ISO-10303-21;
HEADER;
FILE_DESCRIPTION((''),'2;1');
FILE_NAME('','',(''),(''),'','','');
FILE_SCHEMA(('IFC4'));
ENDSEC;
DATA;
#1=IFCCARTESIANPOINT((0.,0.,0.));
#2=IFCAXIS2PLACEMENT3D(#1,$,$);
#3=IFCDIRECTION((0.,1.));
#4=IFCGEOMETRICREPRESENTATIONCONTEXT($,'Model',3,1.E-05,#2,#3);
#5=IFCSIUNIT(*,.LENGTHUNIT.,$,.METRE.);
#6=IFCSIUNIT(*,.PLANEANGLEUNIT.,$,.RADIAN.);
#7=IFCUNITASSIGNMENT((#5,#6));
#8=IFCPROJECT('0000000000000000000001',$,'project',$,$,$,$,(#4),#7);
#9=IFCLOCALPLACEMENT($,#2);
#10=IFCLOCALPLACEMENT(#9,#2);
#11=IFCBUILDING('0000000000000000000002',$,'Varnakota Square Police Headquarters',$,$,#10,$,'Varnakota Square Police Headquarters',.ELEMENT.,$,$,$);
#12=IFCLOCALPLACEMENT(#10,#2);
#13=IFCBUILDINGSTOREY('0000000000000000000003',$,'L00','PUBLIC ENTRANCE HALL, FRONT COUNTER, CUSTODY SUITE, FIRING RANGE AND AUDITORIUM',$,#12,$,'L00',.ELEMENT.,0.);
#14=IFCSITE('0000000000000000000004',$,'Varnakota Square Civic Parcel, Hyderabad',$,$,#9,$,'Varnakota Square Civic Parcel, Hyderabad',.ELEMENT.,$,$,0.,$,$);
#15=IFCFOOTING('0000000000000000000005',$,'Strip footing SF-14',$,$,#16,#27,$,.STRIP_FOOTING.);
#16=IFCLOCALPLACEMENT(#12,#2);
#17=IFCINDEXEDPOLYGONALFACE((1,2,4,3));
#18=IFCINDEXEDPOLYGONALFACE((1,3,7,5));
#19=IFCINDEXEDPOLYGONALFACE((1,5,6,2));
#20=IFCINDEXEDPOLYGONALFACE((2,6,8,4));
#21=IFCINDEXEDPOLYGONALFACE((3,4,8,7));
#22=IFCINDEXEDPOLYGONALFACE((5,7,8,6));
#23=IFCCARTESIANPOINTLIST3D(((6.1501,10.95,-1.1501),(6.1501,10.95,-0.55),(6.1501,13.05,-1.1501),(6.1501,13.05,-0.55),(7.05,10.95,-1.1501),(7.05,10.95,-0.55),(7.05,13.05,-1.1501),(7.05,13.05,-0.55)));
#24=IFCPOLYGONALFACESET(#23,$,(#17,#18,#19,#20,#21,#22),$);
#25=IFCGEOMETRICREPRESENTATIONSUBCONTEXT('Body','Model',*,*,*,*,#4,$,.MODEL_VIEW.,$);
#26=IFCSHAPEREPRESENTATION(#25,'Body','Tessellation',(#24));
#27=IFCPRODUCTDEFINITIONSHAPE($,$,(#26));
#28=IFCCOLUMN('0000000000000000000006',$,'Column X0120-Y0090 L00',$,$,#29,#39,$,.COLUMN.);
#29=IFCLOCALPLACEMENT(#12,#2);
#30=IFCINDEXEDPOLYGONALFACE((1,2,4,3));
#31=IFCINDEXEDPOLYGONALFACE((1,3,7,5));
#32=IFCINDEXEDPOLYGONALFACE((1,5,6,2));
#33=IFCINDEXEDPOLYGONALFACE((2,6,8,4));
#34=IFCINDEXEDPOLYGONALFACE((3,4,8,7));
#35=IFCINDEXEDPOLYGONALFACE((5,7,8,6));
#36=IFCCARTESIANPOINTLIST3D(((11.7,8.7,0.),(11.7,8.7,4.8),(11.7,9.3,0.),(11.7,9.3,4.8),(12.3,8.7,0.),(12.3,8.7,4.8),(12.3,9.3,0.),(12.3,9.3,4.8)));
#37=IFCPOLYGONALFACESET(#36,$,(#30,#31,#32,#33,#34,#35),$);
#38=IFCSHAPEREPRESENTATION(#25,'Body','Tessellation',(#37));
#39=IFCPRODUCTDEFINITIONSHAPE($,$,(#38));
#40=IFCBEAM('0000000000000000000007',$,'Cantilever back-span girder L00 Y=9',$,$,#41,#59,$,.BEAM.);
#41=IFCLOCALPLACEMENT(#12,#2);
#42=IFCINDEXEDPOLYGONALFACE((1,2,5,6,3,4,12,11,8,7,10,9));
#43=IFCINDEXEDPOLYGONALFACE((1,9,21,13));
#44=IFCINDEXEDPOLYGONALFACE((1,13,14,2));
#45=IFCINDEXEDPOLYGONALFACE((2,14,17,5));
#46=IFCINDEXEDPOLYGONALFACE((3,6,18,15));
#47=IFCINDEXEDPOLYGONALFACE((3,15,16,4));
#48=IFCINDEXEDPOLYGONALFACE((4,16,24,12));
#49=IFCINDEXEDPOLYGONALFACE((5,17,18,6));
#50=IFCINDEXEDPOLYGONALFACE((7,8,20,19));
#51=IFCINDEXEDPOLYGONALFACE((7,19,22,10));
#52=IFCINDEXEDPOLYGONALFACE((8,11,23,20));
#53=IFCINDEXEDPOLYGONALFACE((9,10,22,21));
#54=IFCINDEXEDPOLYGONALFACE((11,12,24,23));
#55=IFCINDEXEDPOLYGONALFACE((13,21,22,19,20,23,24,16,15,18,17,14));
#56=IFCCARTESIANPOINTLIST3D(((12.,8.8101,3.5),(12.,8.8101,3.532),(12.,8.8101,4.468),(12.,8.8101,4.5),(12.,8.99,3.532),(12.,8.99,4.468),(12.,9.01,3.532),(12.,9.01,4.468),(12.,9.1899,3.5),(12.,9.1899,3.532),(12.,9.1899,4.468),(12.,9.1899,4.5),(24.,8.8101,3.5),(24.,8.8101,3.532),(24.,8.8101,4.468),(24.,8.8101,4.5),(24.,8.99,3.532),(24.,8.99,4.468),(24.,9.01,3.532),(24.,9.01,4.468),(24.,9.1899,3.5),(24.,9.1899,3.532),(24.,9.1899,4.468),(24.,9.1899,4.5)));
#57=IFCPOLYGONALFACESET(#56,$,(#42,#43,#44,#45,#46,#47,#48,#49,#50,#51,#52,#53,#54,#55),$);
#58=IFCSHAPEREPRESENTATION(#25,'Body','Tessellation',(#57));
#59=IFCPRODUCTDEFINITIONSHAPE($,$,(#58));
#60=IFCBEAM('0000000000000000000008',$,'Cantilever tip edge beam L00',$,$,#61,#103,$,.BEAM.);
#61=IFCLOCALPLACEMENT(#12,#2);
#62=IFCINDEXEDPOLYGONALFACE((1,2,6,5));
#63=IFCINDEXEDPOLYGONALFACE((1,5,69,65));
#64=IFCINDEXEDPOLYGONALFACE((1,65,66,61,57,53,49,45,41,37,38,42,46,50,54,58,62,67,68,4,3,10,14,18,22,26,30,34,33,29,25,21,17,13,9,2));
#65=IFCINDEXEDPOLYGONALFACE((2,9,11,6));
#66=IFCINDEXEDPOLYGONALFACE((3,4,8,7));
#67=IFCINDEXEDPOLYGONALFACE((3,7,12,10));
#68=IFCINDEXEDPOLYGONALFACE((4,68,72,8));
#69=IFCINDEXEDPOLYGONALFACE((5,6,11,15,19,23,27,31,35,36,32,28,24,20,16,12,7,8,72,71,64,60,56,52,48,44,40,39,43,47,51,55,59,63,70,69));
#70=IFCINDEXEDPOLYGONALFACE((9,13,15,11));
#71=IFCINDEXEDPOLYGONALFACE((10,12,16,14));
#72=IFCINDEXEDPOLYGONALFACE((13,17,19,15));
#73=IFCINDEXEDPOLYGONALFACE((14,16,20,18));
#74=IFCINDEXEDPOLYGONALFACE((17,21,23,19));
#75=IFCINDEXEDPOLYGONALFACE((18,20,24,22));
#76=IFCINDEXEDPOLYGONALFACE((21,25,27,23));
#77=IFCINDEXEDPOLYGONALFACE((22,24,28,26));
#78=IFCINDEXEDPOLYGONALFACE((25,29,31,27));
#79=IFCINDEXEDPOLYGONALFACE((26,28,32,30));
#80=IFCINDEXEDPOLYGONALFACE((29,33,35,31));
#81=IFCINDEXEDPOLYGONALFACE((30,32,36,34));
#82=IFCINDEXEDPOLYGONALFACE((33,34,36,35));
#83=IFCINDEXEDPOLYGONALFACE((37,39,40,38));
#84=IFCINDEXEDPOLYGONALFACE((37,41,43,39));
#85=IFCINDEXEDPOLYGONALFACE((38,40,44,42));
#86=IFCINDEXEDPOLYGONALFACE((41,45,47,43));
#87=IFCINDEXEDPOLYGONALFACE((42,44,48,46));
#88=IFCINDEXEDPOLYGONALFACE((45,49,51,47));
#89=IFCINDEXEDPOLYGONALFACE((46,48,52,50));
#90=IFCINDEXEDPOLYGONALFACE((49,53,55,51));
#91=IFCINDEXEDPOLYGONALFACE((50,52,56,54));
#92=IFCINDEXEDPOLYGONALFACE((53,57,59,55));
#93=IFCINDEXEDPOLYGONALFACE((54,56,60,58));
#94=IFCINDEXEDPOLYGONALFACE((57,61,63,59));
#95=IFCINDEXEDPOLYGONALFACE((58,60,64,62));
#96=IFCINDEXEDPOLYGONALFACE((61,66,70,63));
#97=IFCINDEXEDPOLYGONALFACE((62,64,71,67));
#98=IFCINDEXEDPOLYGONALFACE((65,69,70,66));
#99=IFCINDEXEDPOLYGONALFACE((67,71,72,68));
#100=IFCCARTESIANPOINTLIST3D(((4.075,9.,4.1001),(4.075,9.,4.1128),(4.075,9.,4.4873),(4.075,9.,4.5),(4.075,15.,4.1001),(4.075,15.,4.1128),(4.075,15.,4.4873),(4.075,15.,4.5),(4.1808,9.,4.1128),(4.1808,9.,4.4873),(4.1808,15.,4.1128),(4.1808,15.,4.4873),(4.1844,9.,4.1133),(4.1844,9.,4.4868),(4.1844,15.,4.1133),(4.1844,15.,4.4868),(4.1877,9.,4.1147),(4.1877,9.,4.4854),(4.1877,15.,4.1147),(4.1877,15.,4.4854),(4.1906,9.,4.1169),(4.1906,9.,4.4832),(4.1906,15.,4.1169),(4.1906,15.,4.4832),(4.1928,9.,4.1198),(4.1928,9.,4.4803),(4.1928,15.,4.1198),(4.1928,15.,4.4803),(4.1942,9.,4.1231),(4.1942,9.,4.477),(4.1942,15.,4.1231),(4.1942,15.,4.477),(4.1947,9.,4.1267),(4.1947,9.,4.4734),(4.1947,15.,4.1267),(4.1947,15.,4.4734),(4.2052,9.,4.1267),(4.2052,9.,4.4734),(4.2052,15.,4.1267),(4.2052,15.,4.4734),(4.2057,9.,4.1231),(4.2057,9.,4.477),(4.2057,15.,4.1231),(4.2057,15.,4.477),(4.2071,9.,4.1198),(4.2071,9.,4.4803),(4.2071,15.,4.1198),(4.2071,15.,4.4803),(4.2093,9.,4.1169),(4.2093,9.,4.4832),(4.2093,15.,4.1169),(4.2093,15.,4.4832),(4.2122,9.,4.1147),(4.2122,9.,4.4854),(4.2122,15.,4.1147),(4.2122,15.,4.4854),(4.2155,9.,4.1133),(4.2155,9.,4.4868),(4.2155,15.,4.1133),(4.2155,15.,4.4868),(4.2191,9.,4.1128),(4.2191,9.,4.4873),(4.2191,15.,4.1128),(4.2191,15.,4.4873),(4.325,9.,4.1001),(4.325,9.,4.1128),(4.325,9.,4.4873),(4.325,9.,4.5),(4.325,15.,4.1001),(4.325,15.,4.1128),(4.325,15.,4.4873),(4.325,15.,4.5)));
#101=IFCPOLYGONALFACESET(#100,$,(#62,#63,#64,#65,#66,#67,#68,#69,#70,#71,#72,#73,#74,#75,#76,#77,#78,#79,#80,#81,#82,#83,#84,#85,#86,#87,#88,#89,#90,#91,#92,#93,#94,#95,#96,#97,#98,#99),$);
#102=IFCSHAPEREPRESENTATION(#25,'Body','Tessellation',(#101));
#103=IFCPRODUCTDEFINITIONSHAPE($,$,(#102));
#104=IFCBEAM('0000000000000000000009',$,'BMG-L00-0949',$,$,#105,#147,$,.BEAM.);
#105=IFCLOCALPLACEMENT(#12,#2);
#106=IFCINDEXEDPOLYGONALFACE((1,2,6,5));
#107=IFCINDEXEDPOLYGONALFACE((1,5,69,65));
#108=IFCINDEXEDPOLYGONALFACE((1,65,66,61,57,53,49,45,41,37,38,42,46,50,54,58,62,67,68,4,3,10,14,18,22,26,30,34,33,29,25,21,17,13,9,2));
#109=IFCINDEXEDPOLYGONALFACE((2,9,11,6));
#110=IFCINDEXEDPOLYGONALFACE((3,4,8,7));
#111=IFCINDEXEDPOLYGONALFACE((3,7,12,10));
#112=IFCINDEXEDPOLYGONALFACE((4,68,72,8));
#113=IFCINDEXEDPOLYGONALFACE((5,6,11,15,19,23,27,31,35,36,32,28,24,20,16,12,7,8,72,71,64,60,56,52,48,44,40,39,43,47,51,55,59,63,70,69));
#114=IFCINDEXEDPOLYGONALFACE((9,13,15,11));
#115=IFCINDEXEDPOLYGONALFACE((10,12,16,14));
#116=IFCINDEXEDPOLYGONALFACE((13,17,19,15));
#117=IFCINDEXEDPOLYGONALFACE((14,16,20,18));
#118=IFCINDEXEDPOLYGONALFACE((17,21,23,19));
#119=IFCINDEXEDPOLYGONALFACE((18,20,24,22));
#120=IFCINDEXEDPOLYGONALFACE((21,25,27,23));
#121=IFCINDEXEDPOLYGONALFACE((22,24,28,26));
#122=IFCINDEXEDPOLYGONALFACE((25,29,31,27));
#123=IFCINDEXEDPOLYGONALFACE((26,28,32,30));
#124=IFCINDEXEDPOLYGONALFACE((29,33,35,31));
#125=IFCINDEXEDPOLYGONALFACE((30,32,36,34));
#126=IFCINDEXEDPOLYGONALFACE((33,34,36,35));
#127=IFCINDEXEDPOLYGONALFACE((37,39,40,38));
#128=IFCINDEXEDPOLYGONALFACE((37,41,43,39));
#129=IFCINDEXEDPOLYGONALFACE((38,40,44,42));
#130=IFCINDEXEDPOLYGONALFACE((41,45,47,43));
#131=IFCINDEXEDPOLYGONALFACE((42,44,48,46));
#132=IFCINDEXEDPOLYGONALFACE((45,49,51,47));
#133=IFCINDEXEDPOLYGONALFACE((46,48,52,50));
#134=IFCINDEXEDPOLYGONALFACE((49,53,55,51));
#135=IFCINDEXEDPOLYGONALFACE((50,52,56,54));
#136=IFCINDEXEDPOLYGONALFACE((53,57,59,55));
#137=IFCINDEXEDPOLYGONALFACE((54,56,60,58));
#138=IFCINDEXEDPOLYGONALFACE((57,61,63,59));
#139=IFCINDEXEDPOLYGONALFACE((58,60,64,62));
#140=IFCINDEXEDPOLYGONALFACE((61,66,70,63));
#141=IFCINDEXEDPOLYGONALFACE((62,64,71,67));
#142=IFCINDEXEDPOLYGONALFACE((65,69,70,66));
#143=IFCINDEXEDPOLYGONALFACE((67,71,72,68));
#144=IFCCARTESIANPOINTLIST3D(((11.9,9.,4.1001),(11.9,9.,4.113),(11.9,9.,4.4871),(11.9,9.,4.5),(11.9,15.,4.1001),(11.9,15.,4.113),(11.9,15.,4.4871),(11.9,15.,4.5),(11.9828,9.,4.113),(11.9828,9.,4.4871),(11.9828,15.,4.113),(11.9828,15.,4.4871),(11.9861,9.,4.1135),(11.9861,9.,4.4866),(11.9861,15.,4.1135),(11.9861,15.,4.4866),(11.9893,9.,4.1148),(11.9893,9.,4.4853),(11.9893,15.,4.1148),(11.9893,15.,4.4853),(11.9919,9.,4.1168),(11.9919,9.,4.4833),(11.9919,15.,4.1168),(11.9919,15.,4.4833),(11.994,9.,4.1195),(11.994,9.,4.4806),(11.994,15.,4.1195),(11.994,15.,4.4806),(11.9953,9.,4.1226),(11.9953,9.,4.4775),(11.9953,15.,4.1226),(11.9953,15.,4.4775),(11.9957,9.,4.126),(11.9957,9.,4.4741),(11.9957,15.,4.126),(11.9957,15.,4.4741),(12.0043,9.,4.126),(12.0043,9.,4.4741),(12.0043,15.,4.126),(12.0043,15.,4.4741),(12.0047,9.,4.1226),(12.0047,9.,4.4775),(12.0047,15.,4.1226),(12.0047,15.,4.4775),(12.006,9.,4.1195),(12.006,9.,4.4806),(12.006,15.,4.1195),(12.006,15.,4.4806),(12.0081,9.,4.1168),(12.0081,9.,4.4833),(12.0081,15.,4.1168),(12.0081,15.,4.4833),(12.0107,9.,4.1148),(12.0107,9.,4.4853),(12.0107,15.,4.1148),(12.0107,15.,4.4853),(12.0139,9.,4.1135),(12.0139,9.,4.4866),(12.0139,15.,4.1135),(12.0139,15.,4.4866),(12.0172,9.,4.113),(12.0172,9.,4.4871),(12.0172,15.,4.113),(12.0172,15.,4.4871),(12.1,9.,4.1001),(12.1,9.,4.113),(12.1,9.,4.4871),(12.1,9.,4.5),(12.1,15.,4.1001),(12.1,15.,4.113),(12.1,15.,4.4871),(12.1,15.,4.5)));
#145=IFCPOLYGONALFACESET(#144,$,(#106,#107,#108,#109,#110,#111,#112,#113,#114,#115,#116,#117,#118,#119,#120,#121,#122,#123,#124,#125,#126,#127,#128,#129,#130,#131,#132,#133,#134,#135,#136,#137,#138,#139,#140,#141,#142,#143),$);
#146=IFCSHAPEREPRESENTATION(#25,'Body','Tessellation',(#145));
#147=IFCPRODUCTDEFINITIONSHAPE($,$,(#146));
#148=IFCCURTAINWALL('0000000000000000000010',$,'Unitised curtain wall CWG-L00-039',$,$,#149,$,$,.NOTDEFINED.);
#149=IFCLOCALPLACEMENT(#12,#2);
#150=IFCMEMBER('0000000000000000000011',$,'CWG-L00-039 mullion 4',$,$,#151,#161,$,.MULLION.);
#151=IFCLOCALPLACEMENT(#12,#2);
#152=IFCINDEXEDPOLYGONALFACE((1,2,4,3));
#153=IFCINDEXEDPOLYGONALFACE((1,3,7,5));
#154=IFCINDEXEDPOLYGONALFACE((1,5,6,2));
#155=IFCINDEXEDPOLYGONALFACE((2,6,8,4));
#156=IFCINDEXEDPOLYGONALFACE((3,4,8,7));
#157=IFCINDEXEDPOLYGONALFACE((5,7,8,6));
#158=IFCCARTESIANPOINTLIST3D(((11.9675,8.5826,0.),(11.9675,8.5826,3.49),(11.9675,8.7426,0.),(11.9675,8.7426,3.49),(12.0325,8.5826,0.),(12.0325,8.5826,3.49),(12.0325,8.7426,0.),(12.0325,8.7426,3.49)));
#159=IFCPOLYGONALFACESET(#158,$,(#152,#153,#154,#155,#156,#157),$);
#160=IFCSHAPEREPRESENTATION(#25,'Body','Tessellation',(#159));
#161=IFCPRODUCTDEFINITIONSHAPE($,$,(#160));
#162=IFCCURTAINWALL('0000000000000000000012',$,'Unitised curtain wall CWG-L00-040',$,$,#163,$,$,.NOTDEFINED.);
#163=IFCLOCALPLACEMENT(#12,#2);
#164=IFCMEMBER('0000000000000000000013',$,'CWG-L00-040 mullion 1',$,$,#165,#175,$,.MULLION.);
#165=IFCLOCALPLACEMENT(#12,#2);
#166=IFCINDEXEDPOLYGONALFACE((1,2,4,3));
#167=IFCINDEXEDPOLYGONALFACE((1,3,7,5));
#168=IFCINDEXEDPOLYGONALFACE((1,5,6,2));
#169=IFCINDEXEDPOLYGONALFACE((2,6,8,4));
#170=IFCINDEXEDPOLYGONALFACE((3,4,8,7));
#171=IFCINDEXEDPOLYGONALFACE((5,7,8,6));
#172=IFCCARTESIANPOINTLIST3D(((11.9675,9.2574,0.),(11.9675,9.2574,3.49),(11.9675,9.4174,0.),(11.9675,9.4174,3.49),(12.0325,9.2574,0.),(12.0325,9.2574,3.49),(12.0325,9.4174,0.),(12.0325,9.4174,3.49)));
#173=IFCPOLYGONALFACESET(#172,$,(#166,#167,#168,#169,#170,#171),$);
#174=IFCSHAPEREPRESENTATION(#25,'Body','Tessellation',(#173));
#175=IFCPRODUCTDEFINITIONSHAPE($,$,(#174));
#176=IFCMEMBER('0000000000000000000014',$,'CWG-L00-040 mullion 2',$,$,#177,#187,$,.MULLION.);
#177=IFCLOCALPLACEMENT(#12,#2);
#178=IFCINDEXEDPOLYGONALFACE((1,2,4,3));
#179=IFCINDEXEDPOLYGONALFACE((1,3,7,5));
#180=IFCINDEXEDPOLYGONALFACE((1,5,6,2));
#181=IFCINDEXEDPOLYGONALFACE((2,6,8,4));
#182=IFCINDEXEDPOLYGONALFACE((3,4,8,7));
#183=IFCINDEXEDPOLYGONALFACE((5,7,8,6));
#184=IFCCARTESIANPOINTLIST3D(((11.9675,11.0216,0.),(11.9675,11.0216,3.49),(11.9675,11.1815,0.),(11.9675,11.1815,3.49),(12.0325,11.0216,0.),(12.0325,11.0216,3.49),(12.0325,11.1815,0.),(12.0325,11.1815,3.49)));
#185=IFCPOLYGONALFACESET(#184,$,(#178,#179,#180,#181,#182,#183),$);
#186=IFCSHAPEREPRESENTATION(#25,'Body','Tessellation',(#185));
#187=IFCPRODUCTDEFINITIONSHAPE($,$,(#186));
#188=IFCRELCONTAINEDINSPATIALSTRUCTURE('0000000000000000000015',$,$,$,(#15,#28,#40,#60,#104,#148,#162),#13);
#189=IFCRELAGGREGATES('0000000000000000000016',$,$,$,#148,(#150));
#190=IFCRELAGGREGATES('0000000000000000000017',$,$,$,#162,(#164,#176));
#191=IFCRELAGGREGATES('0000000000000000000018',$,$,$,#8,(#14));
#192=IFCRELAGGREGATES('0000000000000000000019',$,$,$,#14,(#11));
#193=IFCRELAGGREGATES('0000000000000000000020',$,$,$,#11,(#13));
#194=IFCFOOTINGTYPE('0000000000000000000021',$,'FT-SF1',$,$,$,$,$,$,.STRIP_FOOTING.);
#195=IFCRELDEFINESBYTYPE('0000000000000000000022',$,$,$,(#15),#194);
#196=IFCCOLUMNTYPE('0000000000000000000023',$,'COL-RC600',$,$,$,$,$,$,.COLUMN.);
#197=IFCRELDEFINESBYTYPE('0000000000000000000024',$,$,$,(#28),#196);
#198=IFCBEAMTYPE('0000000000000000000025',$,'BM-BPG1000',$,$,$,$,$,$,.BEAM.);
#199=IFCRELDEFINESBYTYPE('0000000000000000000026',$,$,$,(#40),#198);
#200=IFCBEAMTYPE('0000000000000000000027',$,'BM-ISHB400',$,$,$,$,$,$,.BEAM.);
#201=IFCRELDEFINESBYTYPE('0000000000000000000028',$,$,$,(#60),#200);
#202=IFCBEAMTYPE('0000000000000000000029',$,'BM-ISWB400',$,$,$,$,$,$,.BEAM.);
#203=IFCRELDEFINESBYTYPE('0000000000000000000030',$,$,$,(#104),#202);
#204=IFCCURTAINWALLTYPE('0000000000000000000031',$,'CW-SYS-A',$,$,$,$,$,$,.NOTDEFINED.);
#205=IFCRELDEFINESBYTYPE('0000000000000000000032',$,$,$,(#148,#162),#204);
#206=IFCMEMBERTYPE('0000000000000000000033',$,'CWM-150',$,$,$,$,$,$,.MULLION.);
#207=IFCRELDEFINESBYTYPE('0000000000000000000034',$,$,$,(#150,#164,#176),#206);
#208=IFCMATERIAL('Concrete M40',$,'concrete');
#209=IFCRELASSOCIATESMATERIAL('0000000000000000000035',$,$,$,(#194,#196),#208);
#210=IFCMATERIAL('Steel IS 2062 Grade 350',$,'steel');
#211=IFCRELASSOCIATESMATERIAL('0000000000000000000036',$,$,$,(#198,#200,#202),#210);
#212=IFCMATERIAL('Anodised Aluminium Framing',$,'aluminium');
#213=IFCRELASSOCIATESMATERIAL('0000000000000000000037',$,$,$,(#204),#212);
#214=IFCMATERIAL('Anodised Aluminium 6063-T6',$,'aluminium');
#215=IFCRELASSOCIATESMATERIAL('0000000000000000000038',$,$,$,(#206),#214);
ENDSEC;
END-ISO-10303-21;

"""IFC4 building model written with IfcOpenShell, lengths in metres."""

from ifc_helpers import new_model, si_unit, direction, frame, origin, origin_2d, place, context, subcontext, project, spatial, rectangle, i_section, extrude, material, material_profile, profile_set, type_object, element, aggregate, save


model = new_model("IFC4")

# Units and contexts
model_context = context("Model", 3, precision=1e-05, world=origin(), true_north=direction((0.0, 1.0)))
body_context = subcontext(model_context, "Body", "Model", "MODEL_VIEW")
ifc_project = project(units=[si_unit("LENGTHUNIT", "METRE"), si_unit("PLANEANGLEUNIT", "RADIAN")], contexts=[model_context])

# Site, building, storey
site_placement = place(None, origin())
site = spatial("IfcSite", under=ifc_project, at=site_placement, Name="Varnakota Square Civic Parcel, Hyderabad", LongName="Varnakota Square Civic Parcel, Hyderabad", CompositionType="ELEMENT", RefElevation=0.0)
building_placement = place(site_placement, origin())
building = spatial("IfcBuilding", under=site, at=building_placement, Name="Varnakota Square Police Headquarters", LongName="Varnakota Square Police Headquarters", CompositionType="ELEMENT")
storey_placement = place(building_placement, origin())
storey = spatial("IfcBuildingStorey", under=building, at=storey_placement, Name="L00", Description="PUBLIC ENTRANCE HALL, FRONT COUNTER, CUSTODY SUITE, FIRING RANGE AND AUDITORIUM", LongName="L00", CompositionType="ELEMENT", Elevation=0.0)

# Footing
ifc_material_1 = material(Name="Concrete M40", Category="concrete")
ifc_material_profile_1 = material_profile(ifc_material_1, rectangle(XDim=0.8999, YDim=0.6001, at=origin_2d()), Name="SF 900x600")
ifc_profile_set_1 = profile_set([ifc_material_profile_1], Name="Concrete M40")
footing_type = type_object("IfcFootingType", Name="FT-SF1", PredefinedType="STRIP_FOOTING", material=ifc_profile_set_1)
footing_placement = place(storey_placement, frame((6.6001, 10.95, -0.8501), z_axis=(0.0, 1.0, 0.0), x_axis=(-1.0, 0.0, 0.0)))
element("IfcFooting", 1, at=footing_placement, inside=storey, type_object=footing_type, Name="Strip footing SF-14", PredefinedType="STRIP_FOOTING", context=body_context, shape_type="SweptSolid", body=[
    extrude(rectangle(XDim=0.8999, YDim=0.6001, at=origin_2d()), origin(), (0.0, 0.0, 1.0), 2.1001),
])

# Column
ifc_material_profile_2 = material_profile(ifc_material_1, rectangle(XDim=0.6001, YDim=0.6001, at=origin_2d()), Name="RC 600x600")
ifc_profile_set_2 = profile_set([ifc_material_profile_2], Name="Concrete M40")
column_type = type_object("IfcColumnType", Name="COL-RC600", PredefinedType="COLUMN", material=ifc_profile_set_2)
column_placement = place(storey_placement, frame((12.0, 9.0, 0.0), z_axis=(0.0, 0.0, 1.0), x_axis=(1.0, 0.0, 0.0)))
element("IfcColumn", 2, at=column_placement, inside=storey, type_object=column_type, Name="Column X0120-Y0090 L00", PredefinedType="COLUMN", context=body_context, shape_type="SweptSolid", body=[
    extrude(rectangle(XDim=0.6001, YDim=0.6001, at=origin_2d()), origin(), (0.0, 0.0, 1.0), 4.8),
])

# Beams
ifc_material_2 = material(Name="Steel IS 2062 Grade 350", Category="steel")
ifc_material_profile_3 = material_profile(ifc_material_2, i_section(OverallWidth=0.3799, OverallDepth=1.0, WebThickness=0.02, FlangeThickness=0.032, at=origin_2d()), Name="BPG 1000x380")
ifc_profile_set_3 = profile_set([ifc_material_profile_3], Name="Steel IS 2062 Grade 350")
beam_type_1 = type_object("IfcBeamType", Name="BM-BPG1000", PredefinedType="BEAM", material=ifc_profile_set_3)
beam_1_placement = place(storey_placement, frame((12.0, 9.0, 4.0), z_axis=(1.0, 0.0, 0.0), x_axis=(0.0, 1.0, 0.0)))
element("IfcBeam", 3, at=beam_1_placement, inside=storey, type_object=beam_type_1, Name="Cantilever back-span girder L00 Y=9", PredefinedType="BEAM", context=body_context, shape_type="SweptSolid", body=[
    extrude(i_section(OverallWidth=0.3799, OverallDepth=1.0, WebThickness=0.02, FlangeThickness=0.032, at=origin_2d()), origin(), (0.0, 0.0, 1.0), 12.0),
])
ifc_material_profile_4 = material_profile(ifc_material_2, i_section(OverallWidth=0.25, OverallDepth=0.3999, WebThickness=0.0105, FlangeThickness=0.0127, FilletRadius=0.0139, at=origin_2d()), Name="ISHB 400")
ifc_profile_set_4 = profile_set([ifc_material_profile_4], Name="Steel IS 2062 Grade 350")
beam_type_2 = type_object("IfcBeamType", Name="BM-ISHB400", PredefinedType="BEAM", material=ifc_profile_set_4)
beam_2_placement = place(storey_placement, frame((4.2, 9.0, 4.3), z_axis=(0.0, 1.0, 0.0), x_axis=(-1.0, 0.0, 0.0)))
element("IfcBeam", 4, at=beam_2_placement, inside=storey, type_object=beam_type_2, Name="Cantilever tip edge beam L00", PredefinedType="BEAM", context=body_context, shape_type="SweptSolid", body=[
    extrude(i_section(OverallWidth=0.25, OverallDepth=0.3999, WebThickness=0.0105, FlangeThickness=0.0127, FilletRadius=0.0139, at=origin_2d()), origin(), (0.0, 0.0, 1.0), 6.0),
])
ifc_material_profile_5 = material_profile(ifc_material_2, i_section(OverallWidth=0.2, OverallDepth=0.3999, WebThickness=0.0085, FlangeThickness=0.0129, FilletRadius=0.0129, at=origin_2d()), Name="ISWB 400")
ifc_profile_set_5 = profile_set([ifc_material_profile_5], Name="Steel IS 2062 Grade 350")
beam_type_3 = type_object("IfcBeamType", Name="BM-ISWB400", PredefinedType="BEAM", material=ifc_profile_set_5)
beam_3_placement = place(storey_placement, frame((12.0, 9.0, 4.3), z_axis=(0.0, 1.0, 0.0), x_axis=(-1.0, 0.0, 0.0)))
element("IfcBeam", 5, at=beam_3_placement, inside=storey, type_object=beam_type_3, Name="BMG-L00-0949", PredefinedType="BEAM", context=body_context, shape_type="SweptSolid", body=[
    extrude(i_section(OverallWidth=0.2, OverallDepth=0.3999, WebThickness=0.0085, FlangeThickness=0.0129, FilletRadius=0.0129, at=origin_2d()), origin(), (0.0, 0.0, 1.0), 6.0),
])

# Curtain wall, member
ifc_material_3 = material(Name="Anodised Aluminium Framing", Category="aluminium")
curtain_wall_type = type_object("IfcCurtainWallType", Name="CW-SYS-A", PredefinedType="NOTDEFINED", material=ifc_material_3)
curtain_wall_1_placement = place(storey_placement, origin())
curtain_wall_1 = element("IfcCurtainWall", 6, at=curtain_wall_1_placement, inside=storey, type_object=curtain_wall_type, Name="Unitised curtain wall CWG-L00-039", PredefinedType="NOTDEFINED")
ifc_material_4 = material(Name="Anodised Aluminium 6063-T6", Category="aluminium")
ifc_material_profile_6 = material_profile(ifc_material_4, rectangle(XDim=0.0649, YDim=0.1599, at=origin_2d()), Name="ALU MULLION 65x160")
ifc_profile_set_6 = profile_set([ifc_material_profile_6], Name="Anodised Aluminium 6063-T6")
member_type_1 = type_object("IfcMemberType", Name="CWM-150", PredefinedType="MULLION", material=ifc_profile_set_6)
member_1_placement = place(storey_placement, frame((12.0, 8.6626, 0.0), z_axis=(0.0, 0.0, 1.0), x_axis=(-1.0, 0.0, 0.0)))
member_1 = element("IfcMember", 7, at=member_1_placement, type_object=member_type_1, Name="CWG-L00-039 mullion 4", PredefinedType="MULLION", context=body_context, shape_type="SweptSolid", body=[
    extrude(rectangle(XDim=0.0649, YDim=0.1599, at=origin_2d()), origin(), (0.0, 0.0, 1.0), 3.49),
])

# Curtain wall, members
curtain_wall_2_placement = place(storey_placement, origin())
curtain_wall_2 = element("IfcCurtainWall", 8, at=curtain_wall_2_placement, inside=storey, type_object=curtain_wall_type, Name="Unitised curtain wall CWG-L00-040", PredefinedType="NOTDEFINED")
member_2_placement = place(storey_placement, frame((12.0, 9.3374, 0.0), z_axis=(0.0, 0.0, 1.0), x_axis=(-1.0, 0.0, 0.0)))
member_2 = element("IfcMember", 9, at=member_2_placement, type_object=member_type_1, Name="CWG-L00-040 mullion 1", PredefinedType="MULLION", context=body_context, shape_type="SweptSolid", body=[
    extrude(rectangle(XDim=0.0649, YDim=0.1599, at=origin_2d()), origin(), (0.0, 0.0, 1.0), 3.49),
])
member_3_placement = place(storey_placement, frame((12.0, 11.1016, 0.0), z_axis=(0.0, 0.0, 1.0), x_axis=(-1.0, 0.0, 0.0)))
member_3 = element("IfcMember", 10, at=member_3_placement, type_object=member_type_1, Name="CWG-L00-040 mullion 2", PredefinedType="MULLION", context=body_context, shape_type="SweptSolid", body=[
    extrude(rectangle(XDim=0.0649, YDim=0.1599, at=origin_2d()), origin(), (0.0, 0.0, 1.0), 3.49),
])

aggregate(curtain_wall_1, [member_1])
aggregate(curtain_wall_2, [member_2, member_3])

save(model, "model.ifc")
